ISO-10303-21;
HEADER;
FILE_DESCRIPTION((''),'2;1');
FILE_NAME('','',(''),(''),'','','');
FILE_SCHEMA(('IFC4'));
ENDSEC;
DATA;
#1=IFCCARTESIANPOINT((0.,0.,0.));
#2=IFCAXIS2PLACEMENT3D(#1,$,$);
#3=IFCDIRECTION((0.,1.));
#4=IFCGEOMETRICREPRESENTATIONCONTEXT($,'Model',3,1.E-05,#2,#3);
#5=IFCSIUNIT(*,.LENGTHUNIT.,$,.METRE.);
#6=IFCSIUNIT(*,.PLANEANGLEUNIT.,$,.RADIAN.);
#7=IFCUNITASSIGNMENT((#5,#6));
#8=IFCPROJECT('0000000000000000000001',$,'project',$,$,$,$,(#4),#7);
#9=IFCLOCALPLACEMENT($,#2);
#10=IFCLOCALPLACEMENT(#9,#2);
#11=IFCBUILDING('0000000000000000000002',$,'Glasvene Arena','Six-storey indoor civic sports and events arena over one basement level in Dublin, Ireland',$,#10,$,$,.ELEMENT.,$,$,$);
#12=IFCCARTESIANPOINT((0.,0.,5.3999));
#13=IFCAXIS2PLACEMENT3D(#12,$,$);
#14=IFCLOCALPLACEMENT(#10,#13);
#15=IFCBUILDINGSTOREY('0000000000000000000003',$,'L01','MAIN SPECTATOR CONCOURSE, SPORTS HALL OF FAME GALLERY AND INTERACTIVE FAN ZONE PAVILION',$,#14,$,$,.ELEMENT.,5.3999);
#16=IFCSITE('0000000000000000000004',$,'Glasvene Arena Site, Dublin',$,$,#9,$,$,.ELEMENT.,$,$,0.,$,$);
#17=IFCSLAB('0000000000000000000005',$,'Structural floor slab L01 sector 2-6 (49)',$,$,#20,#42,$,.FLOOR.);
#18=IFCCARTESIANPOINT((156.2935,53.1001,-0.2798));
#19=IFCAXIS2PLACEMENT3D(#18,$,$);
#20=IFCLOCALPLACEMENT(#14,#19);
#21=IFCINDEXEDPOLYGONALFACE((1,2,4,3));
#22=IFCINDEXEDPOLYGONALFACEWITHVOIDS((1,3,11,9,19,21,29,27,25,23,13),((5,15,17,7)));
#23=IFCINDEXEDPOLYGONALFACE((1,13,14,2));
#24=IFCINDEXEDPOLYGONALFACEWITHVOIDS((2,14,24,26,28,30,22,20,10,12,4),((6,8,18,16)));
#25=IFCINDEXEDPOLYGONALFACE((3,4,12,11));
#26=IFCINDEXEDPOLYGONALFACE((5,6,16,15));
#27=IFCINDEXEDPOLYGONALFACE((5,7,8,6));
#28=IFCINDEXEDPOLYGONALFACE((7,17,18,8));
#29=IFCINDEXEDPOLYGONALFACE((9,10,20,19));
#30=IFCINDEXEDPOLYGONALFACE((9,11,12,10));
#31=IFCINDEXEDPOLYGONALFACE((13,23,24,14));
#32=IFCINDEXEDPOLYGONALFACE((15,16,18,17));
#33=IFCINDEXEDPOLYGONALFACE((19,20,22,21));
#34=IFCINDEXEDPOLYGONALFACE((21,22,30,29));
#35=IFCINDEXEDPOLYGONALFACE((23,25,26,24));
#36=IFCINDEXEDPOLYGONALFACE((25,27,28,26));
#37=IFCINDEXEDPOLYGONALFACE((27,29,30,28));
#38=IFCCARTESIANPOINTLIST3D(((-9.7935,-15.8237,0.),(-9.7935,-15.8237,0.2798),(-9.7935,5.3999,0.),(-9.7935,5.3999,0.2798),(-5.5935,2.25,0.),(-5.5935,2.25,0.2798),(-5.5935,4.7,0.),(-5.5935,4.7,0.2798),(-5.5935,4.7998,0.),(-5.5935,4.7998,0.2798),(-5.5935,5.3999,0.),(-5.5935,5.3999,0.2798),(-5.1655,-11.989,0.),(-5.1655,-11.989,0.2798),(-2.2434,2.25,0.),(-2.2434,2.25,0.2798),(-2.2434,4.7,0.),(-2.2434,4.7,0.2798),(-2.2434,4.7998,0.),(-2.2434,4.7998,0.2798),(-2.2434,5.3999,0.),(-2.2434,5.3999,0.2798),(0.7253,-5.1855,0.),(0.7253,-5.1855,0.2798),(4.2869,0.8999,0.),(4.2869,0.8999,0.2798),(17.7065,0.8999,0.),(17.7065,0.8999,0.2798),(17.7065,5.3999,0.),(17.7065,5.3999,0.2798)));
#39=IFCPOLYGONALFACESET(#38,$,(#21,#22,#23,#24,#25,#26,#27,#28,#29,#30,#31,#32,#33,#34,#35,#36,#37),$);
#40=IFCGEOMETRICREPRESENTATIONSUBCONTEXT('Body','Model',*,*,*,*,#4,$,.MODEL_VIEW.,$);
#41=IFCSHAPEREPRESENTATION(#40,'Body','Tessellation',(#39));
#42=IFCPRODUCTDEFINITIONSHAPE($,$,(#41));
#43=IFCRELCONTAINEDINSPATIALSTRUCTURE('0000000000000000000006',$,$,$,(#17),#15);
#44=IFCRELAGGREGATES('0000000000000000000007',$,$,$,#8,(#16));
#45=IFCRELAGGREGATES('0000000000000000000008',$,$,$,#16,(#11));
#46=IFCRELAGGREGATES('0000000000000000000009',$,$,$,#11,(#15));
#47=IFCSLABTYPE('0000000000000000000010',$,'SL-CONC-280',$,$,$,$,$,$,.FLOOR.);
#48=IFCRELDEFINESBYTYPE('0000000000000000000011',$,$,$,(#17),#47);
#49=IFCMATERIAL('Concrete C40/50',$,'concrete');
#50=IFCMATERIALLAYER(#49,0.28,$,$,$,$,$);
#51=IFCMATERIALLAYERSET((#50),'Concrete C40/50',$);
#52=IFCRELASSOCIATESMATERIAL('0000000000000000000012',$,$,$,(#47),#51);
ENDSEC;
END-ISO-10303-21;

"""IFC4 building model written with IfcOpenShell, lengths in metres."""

from ifc_helpers import new_model, si_unit, direction, frame, origin, place, context, subcontext, project, spatial, polyline, outline, extrude, material, layer, layer_set, type_object, element, save


model = new_model("IFC4")

# Units and contexts
model_context = context("Model", 3, precision=1e-05, world=origin(), true_north=direction((0.0, 1.0)))
body_context = subcontext(model_context, "Body", "Model", "MODEL_VIEW")
ifc_project = project(units=[si_unit("LENGTHUNIT", "METRE"), si_unit("PLANEANGLEUNIT", "RADIAN")], contexts=[model_context])

# Site, building, storey
site_placement = place(None, origin())
site = spatial("IfcSite", under=ifc_project, at=site_placement, Name="Glasvene Arena Site, Dublin", CompositionType="ELEMENT", RefElevation=0.0)
building_placement = place(site_placement, origin())
building = spatial("IfcBuilding", under=site, at=building_placement, Name="Glasvene Arena", Description="Six-storey indoor civic sports and events arena over one basement level in Dublin, Ireland", CompositionType="ELEMENT")
storey_placement = place(building_placement, frame((0.0, 0.0, 5.3999)))
storey = spatial("IfcBuildingStorey", under=building, at=storey_placement, Name="L01", Description="MAIN SPECTATOR CONCOURSE, SPORTS HALL OF FAME GALLERY AND INTERACTIVE FAN ZONE PAVILION", CompositionType="ELEMENT", Elevation=5.3999)

# Slab
ifc_material_1 = material(Name="Concrete C40/50", Category="concrete")
ifc_layer_1 = layer(ifc_material_1, 0.28)
ifc_layer_set_1 = layer_set([ifc_layer_1], Name="Concrete C40/50")
slab_type = type_object("IfcSlabType", Name="SL-CONC-280", PredefinedType="FLOOR", material=ifc_layer_set_1)
slab_placement = place(storey_placement, frame((156.2935, 53.1001, -0.2798)))
element("IfcSlab", 1, at=slab_placement, inside=storey, type_object=slab_type, Name="Structural floor slab L01 sector 2-6 (49)", PredefinedType="FLOOR", context=body_context, shape_type="SweptSolid", body=[
    extrude(outline(polyline([(4.2869, 0.8999), (0.7253, -5.1855), (-5.1655, -11.989), (-9.7935, -15.8237), (-9.7935, 5.3999), (-5.5935, 5.3999), (-5.5935, 4.7998), (-2.2434, 4.7998), (-2.2434, 5.3999), (17.7065, 5.3999), (17.7065, 0.8999), (4.2869, 0.8999)]), holes=[polyline([(-2.2434, 2.25), (-2.2434, 4.7), (-5.5935, 4.7), (-5.5935, 2.25), (-2.2434, 2.25)])]), origin(), (0.0, 0.0, 1.0), 0.2798),
])

save(model, "model.ifc")
